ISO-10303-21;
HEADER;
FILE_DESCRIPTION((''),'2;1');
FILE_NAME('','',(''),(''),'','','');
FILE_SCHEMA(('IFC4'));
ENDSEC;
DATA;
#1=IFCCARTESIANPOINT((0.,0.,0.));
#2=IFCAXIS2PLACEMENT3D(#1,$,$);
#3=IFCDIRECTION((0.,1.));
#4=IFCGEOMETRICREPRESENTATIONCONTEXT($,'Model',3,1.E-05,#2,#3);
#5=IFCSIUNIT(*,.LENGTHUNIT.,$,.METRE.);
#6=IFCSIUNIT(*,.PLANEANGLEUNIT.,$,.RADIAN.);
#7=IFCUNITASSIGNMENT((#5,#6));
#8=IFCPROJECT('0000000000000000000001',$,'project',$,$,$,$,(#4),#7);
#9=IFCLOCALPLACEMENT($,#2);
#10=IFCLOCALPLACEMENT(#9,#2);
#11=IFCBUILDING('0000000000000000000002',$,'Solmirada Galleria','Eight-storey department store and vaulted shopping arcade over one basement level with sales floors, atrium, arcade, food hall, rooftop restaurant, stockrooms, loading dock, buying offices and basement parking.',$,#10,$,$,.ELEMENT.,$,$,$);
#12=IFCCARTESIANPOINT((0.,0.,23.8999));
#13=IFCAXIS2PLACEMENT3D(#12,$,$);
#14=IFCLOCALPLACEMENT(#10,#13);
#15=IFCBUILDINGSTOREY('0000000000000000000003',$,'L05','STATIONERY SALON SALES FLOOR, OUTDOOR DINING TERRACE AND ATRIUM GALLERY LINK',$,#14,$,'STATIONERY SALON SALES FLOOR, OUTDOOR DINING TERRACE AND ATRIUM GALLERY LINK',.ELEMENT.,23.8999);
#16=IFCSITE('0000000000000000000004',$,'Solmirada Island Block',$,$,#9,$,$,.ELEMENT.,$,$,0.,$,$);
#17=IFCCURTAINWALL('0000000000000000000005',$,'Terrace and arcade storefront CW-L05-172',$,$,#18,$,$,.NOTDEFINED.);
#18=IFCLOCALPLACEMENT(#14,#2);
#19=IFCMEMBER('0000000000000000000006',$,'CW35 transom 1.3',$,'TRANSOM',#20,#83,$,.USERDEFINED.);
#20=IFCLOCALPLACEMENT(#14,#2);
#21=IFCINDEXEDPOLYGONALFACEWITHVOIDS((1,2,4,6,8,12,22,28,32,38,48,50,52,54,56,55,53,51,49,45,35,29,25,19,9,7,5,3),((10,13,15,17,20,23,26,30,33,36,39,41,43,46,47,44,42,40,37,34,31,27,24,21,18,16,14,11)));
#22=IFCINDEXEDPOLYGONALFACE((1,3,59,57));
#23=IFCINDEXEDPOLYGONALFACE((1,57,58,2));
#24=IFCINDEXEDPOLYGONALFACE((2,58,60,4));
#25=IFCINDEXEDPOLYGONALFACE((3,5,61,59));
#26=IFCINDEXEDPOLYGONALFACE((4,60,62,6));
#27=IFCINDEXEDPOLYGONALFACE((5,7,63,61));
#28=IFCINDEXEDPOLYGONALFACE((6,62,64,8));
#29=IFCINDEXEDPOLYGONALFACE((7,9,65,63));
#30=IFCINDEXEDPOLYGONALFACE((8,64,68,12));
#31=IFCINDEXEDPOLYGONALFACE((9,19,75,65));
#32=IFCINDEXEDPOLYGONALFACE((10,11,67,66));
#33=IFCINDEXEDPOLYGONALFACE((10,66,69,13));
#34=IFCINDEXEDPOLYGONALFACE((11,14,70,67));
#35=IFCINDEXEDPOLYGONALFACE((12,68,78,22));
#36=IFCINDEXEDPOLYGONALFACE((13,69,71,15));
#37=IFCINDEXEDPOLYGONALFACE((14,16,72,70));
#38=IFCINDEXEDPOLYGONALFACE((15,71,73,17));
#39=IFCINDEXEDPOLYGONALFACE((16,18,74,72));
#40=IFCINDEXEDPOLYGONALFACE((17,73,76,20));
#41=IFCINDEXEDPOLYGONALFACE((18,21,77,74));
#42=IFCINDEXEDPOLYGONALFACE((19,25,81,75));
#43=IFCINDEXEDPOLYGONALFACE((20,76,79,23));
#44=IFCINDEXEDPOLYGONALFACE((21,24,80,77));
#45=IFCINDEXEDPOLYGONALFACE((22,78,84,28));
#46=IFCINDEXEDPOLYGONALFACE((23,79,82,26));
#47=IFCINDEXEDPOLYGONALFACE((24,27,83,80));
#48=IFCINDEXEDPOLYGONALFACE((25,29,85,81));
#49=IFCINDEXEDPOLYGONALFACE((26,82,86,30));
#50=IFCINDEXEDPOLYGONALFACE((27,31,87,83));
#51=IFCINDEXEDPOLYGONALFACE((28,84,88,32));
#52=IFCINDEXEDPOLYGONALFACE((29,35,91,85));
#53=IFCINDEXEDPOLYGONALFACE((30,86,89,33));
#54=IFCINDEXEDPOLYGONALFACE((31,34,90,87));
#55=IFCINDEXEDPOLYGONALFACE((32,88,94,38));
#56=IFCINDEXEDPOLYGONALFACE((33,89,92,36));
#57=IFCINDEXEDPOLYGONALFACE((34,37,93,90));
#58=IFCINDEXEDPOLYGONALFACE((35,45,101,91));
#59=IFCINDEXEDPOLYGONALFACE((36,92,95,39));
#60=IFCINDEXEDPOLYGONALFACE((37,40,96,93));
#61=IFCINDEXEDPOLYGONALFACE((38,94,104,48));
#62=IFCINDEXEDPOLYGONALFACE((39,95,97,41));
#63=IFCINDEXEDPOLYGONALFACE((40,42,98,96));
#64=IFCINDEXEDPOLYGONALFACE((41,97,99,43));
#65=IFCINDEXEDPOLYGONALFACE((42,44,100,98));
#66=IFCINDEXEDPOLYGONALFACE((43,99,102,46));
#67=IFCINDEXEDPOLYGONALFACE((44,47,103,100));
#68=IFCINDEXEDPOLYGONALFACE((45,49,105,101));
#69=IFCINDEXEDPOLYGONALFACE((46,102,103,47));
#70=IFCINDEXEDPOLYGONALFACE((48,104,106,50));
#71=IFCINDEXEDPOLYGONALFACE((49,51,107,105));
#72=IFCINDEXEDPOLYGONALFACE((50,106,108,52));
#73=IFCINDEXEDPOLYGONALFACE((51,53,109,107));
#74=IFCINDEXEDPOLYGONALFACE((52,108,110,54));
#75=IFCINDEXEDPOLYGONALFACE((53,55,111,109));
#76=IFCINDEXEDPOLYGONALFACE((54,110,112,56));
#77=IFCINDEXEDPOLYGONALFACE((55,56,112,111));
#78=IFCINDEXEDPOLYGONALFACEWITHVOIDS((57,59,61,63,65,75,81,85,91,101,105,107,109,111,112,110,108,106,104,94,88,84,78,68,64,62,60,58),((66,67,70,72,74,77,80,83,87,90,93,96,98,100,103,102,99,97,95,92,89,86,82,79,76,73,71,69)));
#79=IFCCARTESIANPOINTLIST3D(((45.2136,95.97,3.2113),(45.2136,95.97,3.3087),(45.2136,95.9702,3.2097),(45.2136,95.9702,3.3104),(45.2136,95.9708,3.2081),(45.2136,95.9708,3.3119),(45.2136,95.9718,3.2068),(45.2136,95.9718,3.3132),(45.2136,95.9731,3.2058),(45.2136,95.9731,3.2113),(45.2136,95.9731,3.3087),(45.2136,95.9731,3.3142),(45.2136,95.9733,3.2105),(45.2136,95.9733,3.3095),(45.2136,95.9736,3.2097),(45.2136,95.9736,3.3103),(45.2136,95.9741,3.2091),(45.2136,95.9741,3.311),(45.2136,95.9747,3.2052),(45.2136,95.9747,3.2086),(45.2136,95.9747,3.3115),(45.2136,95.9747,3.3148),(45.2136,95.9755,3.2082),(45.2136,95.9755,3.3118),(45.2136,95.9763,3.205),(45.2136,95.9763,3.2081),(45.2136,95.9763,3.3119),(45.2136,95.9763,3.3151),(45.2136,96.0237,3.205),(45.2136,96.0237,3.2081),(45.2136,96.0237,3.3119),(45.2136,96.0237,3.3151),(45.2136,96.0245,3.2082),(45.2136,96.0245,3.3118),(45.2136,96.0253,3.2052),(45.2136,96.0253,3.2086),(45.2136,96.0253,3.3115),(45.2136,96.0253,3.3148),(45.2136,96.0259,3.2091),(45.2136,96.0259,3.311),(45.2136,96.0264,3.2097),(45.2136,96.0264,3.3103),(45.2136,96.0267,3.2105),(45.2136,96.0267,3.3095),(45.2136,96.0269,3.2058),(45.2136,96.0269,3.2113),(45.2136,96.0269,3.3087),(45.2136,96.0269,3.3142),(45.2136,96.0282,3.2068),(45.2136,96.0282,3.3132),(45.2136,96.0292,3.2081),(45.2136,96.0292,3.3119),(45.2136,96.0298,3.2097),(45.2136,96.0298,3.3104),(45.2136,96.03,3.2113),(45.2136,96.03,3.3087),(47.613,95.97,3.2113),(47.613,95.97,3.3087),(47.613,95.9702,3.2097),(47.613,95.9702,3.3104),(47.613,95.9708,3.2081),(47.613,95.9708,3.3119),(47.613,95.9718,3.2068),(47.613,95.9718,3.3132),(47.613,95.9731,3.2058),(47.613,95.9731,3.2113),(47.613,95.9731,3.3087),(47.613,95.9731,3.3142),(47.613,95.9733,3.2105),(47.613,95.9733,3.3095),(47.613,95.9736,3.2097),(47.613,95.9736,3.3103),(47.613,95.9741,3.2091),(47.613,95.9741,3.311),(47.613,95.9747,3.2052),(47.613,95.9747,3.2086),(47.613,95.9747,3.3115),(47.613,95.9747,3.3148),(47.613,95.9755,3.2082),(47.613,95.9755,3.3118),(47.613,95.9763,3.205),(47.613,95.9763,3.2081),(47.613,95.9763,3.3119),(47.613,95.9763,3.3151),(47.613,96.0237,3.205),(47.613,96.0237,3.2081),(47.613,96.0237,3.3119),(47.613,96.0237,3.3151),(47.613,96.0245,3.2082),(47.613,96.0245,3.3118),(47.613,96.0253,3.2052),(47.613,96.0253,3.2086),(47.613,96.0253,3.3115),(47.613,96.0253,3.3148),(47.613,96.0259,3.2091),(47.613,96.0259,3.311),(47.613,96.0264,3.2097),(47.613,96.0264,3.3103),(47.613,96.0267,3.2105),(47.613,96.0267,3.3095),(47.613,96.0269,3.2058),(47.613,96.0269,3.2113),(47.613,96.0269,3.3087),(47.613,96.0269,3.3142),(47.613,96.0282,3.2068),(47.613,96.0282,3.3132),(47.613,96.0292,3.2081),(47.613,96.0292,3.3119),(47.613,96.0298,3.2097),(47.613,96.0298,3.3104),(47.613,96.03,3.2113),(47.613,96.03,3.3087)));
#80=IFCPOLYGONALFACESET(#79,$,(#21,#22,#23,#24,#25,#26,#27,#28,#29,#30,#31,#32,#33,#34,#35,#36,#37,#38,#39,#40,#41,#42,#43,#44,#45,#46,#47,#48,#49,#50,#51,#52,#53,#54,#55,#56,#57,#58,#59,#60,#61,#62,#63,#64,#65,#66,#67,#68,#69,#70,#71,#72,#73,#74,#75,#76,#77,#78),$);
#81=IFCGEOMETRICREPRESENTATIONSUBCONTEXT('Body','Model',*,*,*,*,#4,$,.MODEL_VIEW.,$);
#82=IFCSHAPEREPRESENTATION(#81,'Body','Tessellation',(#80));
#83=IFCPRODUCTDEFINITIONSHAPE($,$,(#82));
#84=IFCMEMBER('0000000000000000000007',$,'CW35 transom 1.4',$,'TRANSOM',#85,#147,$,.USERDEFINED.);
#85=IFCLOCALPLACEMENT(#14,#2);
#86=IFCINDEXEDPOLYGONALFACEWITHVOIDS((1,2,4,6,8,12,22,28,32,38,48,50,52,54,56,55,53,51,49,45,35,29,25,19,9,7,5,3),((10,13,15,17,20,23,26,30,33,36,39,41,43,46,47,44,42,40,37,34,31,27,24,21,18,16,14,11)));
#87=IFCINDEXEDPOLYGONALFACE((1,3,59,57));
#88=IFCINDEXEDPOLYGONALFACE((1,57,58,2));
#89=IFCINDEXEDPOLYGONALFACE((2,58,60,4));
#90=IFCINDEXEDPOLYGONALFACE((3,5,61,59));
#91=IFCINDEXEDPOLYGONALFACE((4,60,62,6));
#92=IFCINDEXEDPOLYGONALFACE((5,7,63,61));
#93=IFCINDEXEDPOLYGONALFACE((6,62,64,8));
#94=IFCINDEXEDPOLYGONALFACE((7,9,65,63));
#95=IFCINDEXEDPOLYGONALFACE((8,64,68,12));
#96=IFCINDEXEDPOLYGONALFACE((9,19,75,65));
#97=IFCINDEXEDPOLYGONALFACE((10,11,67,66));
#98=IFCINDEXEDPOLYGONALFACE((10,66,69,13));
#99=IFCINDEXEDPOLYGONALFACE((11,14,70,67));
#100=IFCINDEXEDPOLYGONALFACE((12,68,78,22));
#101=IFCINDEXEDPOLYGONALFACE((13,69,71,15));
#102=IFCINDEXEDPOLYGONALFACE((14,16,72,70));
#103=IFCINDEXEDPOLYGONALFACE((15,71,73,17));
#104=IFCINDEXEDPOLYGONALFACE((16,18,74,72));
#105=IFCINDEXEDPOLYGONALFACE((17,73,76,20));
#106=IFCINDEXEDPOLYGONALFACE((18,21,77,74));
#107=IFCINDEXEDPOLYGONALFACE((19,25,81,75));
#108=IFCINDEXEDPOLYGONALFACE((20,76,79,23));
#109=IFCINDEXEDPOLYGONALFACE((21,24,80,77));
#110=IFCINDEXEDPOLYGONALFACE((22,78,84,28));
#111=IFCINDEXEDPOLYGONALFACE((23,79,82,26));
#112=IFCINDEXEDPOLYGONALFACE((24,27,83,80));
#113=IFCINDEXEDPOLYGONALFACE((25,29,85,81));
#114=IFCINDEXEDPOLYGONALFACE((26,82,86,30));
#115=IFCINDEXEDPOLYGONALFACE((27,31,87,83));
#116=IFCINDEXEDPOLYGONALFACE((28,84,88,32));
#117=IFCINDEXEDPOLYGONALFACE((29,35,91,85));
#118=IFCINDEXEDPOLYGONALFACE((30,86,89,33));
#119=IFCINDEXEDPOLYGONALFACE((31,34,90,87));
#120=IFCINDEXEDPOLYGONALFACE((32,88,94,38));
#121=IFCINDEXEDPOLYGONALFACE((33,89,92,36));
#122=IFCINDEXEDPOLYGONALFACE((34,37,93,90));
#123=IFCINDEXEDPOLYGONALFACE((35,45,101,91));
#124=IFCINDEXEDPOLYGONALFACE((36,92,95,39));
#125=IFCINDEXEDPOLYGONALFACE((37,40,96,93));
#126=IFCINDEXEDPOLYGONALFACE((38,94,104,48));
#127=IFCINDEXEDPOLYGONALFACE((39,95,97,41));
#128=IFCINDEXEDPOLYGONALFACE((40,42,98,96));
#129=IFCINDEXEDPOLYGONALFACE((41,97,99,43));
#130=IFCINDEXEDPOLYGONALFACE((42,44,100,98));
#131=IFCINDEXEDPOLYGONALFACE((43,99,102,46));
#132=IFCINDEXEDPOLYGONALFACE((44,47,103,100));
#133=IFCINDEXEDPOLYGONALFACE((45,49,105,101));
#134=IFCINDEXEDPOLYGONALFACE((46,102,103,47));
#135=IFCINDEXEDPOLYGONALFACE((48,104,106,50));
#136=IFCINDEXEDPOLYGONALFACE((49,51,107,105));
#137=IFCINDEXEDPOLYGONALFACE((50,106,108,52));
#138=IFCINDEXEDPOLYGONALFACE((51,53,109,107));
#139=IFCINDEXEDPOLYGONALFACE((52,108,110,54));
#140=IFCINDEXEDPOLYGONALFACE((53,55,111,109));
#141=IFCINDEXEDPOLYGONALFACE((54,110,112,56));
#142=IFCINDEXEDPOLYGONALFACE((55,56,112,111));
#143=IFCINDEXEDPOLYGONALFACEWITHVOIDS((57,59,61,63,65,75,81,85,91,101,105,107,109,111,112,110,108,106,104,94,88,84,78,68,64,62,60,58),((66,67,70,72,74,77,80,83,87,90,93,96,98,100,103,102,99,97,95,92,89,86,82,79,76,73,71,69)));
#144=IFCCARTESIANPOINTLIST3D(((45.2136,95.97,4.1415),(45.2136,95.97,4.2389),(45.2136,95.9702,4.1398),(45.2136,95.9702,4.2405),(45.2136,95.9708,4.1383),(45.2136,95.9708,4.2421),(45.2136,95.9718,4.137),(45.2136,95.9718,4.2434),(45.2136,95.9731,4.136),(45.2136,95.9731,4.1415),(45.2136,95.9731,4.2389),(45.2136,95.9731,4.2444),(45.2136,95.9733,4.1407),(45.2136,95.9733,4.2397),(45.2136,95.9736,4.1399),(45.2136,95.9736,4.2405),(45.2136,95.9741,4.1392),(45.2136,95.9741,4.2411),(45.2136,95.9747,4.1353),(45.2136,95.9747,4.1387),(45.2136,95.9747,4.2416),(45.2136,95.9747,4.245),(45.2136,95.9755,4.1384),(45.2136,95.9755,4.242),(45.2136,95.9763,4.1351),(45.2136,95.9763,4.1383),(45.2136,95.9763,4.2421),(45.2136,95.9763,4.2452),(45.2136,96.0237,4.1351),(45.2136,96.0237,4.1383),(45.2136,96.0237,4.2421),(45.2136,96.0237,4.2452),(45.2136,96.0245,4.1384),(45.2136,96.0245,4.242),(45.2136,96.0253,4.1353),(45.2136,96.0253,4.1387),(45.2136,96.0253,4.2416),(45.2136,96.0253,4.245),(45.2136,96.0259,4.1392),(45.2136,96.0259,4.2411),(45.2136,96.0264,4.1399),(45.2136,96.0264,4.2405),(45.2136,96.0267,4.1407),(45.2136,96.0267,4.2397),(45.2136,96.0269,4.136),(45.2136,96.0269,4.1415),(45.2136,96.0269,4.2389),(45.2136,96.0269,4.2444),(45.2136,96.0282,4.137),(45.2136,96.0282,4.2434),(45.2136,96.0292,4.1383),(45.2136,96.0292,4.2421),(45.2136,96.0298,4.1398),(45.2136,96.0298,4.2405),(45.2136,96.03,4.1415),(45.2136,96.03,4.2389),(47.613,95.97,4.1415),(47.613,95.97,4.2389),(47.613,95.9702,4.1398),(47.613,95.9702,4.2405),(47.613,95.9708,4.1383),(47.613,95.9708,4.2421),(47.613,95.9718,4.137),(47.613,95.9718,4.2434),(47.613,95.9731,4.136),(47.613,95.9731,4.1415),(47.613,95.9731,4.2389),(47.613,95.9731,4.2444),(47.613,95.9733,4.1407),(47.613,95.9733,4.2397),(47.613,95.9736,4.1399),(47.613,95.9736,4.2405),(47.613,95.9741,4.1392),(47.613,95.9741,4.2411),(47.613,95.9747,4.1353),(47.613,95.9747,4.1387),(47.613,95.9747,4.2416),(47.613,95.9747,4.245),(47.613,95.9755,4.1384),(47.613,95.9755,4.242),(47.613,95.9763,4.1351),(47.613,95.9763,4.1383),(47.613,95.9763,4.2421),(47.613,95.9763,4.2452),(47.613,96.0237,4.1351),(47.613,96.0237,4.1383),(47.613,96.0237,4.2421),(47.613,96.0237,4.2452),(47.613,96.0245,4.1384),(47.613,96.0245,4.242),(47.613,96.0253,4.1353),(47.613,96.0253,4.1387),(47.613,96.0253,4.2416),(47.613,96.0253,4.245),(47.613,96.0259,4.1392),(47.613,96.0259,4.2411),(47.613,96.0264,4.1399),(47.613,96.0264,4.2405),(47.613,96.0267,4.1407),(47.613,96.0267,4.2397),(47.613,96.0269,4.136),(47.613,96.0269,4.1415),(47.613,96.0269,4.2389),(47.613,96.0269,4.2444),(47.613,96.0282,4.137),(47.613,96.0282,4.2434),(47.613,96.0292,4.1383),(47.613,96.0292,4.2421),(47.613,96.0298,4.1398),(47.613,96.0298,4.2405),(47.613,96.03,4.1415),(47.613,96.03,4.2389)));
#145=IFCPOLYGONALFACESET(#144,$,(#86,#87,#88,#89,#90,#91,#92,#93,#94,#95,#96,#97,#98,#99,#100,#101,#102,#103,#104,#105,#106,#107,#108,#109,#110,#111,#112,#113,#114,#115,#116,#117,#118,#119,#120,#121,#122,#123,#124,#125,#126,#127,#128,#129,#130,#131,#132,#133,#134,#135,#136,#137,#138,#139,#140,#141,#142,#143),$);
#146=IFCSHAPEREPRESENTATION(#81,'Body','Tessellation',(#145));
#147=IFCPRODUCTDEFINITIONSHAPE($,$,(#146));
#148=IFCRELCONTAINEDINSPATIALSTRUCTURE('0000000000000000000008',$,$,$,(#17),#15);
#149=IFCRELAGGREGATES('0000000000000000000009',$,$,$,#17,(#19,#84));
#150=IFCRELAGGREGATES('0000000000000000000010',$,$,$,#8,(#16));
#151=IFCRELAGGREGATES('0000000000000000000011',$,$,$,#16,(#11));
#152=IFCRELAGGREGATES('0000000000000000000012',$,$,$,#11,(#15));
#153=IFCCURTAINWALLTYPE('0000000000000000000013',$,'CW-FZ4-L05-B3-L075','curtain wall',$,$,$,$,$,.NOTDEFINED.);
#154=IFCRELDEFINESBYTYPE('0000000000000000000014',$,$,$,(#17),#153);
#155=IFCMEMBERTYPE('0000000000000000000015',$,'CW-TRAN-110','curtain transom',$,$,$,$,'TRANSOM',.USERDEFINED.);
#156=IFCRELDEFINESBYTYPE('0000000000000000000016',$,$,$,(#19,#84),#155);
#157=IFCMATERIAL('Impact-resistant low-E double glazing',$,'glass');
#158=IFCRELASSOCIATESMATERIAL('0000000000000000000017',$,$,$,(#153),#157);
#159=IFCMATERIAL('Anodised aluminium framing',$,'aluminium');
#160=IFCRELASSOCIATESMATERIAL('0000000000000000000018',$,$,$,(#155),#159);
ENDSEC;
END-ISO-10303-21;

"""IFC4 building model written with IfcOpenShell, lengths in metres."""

from ifc_helpers import new_model, si_unit, direction, frame, origin, origin_2d, place, context, subcontext, project, spatial, hollow_rectangle, extrude, material, material_profile, profile_set, type_object, element, aggregate, save


model = new_model("IFC4")

# Units and contexts
model_context = context("Model", 3, precision=1e-05, world=origin(), true_north=direction((0.0, 1.0)))
body_context = subcontext(model_context, "Body", "Model", "MODEL_VIEW")
ifc_project = project(units=[si_unit("LENGTHUNIT", "METRE"), si_unit("PLANEANGLEUNIT", "RADIAN")], contexts=[model_context])

# Site, building, storey
site_placement = place(None, origin())
site = spatial("IfcSite", under=ifc_project, at=site_placement, Name="Solmirada Island Block", CompositionType="ELEMENT", RefElevation=0.0)
building_placement = place(site_placement, origin())
building = spatial("IfcBuilding", under=site, at=building_placement, Name="Solmirada Galleria", Description="Eight-storey department store and vaulted shopping arcade over one basement level with sales floors, atrium, arcade, food hall, rooftop restaurant, stockrooms, loading dock, buying offices and basement parking.", CompositionType="ELEMENT")
storey_placement = place(building_placement, frame((0.0, 0.0, 23.8999)))
storey = spatial("IfcBuildingStorey", under=building, at=storey_placement, Name="L05", Description="STATIONERY SALON SALES FLOOR, OUTDOOR DINING TERRACE AND ATRIUM GALLERY LINK", LongName="STATIONERY SALON SALES FLOOR, OUTDOOR DINING TERRACE AND ATRIUM GALLERY LINK", CompositionType="ELEMENT", Elevation=23.8999)

# Shared definitions
ifc_material_1 = material(Name="Impact-resistant low-E double glazing", Category="glass")
ifc_material_2 = material(Name="Anodised aluminium framing", Category="aluminium")

# Curtain wall, members
curtain_wall_type_1 = type_object("IfcCurtainWallType", Name="CW-FZ4-L05-B3-L075", Description="curtain wall", PredefinedType="NOTDEFINED", material=ifc_material_1)
curtain_wall_1_placement = place(storey_placement, origin())
curtain_wall_1 = element("IfcCurtainWall", 1, at=curtain_wall_1_placement, inside=storey, type_object=curtain_wall_type_1, Name="Terrace and arcade storefront CW-L05-172", PredefinedType="NOTDEFINED")
ifc_material_profile_1 = material_profile(ifc_material_2, hollow_rectangle(XDim=0.0601, YDim=0.1101, WallThickness=0.0032, InnerFilletRadius=0.0032, OuterFilletRadius=0.0063, at=origin_2d()), Name="ALU-TRAN-110X60")
ifc_profile_set_1 = profile_set([ifc_material_profile_1], Name="Anodised aluminium framing")
member_type_1 = type_object("IfcMemberType", Name="CW-TRAN-110", Description="curtain transom", ElementType="TRANSOM", PredefinedType="USERDEFINED", material=ifc_profile_set_1)
member_1_placement = place(storey_placement, frame((47.613, 96.0, 3.26), z_axis=(-1.0, 0.0, 0.0), x_axis=(0.0, -1.0, 0.0)))
member_1 = element("IfcMember", 2, at=member_1_placement, type_object=member_type_1, Name="CW35 transom 1.3", ObjectType="TRANSOM", PredefinedType="USERDEFINED", context=body_context, shape_type="SweptSolid", body=[
    extrude(hollow_rectangle(XDim=0.0601, YDim=0.1101, WallThickness=0.0032, InnerFilletRadius=0.0032, OuterFilletRadius=0.0063, at=origin_2d()), origin(), (0.0, 0.0, 1.0), 2.3994),
])
member_2_placement = place(storey_placement, frame((47.613, 96.0, 4.1902), z_axis=(-1.0, 0.0, 0.0), x_axis=(0.0, -1.0, 0.0)))
member_2 = element("IfcMember", 3, at=member_2_placement, type_object=member_type_1, Name="CW35 transom 1.4", ObjectType="TRANSOM", PredefinedType="USERDEFINED", context=body_context, shape_type="SweptSolid", body=[
    extrude(hollow_rectangle(XDim=0.0601, YDim=0.1101, WallThickness=0.0032, InnerFilletRadius=0.0032, OuterFilletRadius=0.0063, at=origin_2d()), origin(), (0.0, 0.0, 1.0), 2.3994),
])
aggregate(curtain_wall_1, [member_1, member_2])

save(model, "model.ifc")
